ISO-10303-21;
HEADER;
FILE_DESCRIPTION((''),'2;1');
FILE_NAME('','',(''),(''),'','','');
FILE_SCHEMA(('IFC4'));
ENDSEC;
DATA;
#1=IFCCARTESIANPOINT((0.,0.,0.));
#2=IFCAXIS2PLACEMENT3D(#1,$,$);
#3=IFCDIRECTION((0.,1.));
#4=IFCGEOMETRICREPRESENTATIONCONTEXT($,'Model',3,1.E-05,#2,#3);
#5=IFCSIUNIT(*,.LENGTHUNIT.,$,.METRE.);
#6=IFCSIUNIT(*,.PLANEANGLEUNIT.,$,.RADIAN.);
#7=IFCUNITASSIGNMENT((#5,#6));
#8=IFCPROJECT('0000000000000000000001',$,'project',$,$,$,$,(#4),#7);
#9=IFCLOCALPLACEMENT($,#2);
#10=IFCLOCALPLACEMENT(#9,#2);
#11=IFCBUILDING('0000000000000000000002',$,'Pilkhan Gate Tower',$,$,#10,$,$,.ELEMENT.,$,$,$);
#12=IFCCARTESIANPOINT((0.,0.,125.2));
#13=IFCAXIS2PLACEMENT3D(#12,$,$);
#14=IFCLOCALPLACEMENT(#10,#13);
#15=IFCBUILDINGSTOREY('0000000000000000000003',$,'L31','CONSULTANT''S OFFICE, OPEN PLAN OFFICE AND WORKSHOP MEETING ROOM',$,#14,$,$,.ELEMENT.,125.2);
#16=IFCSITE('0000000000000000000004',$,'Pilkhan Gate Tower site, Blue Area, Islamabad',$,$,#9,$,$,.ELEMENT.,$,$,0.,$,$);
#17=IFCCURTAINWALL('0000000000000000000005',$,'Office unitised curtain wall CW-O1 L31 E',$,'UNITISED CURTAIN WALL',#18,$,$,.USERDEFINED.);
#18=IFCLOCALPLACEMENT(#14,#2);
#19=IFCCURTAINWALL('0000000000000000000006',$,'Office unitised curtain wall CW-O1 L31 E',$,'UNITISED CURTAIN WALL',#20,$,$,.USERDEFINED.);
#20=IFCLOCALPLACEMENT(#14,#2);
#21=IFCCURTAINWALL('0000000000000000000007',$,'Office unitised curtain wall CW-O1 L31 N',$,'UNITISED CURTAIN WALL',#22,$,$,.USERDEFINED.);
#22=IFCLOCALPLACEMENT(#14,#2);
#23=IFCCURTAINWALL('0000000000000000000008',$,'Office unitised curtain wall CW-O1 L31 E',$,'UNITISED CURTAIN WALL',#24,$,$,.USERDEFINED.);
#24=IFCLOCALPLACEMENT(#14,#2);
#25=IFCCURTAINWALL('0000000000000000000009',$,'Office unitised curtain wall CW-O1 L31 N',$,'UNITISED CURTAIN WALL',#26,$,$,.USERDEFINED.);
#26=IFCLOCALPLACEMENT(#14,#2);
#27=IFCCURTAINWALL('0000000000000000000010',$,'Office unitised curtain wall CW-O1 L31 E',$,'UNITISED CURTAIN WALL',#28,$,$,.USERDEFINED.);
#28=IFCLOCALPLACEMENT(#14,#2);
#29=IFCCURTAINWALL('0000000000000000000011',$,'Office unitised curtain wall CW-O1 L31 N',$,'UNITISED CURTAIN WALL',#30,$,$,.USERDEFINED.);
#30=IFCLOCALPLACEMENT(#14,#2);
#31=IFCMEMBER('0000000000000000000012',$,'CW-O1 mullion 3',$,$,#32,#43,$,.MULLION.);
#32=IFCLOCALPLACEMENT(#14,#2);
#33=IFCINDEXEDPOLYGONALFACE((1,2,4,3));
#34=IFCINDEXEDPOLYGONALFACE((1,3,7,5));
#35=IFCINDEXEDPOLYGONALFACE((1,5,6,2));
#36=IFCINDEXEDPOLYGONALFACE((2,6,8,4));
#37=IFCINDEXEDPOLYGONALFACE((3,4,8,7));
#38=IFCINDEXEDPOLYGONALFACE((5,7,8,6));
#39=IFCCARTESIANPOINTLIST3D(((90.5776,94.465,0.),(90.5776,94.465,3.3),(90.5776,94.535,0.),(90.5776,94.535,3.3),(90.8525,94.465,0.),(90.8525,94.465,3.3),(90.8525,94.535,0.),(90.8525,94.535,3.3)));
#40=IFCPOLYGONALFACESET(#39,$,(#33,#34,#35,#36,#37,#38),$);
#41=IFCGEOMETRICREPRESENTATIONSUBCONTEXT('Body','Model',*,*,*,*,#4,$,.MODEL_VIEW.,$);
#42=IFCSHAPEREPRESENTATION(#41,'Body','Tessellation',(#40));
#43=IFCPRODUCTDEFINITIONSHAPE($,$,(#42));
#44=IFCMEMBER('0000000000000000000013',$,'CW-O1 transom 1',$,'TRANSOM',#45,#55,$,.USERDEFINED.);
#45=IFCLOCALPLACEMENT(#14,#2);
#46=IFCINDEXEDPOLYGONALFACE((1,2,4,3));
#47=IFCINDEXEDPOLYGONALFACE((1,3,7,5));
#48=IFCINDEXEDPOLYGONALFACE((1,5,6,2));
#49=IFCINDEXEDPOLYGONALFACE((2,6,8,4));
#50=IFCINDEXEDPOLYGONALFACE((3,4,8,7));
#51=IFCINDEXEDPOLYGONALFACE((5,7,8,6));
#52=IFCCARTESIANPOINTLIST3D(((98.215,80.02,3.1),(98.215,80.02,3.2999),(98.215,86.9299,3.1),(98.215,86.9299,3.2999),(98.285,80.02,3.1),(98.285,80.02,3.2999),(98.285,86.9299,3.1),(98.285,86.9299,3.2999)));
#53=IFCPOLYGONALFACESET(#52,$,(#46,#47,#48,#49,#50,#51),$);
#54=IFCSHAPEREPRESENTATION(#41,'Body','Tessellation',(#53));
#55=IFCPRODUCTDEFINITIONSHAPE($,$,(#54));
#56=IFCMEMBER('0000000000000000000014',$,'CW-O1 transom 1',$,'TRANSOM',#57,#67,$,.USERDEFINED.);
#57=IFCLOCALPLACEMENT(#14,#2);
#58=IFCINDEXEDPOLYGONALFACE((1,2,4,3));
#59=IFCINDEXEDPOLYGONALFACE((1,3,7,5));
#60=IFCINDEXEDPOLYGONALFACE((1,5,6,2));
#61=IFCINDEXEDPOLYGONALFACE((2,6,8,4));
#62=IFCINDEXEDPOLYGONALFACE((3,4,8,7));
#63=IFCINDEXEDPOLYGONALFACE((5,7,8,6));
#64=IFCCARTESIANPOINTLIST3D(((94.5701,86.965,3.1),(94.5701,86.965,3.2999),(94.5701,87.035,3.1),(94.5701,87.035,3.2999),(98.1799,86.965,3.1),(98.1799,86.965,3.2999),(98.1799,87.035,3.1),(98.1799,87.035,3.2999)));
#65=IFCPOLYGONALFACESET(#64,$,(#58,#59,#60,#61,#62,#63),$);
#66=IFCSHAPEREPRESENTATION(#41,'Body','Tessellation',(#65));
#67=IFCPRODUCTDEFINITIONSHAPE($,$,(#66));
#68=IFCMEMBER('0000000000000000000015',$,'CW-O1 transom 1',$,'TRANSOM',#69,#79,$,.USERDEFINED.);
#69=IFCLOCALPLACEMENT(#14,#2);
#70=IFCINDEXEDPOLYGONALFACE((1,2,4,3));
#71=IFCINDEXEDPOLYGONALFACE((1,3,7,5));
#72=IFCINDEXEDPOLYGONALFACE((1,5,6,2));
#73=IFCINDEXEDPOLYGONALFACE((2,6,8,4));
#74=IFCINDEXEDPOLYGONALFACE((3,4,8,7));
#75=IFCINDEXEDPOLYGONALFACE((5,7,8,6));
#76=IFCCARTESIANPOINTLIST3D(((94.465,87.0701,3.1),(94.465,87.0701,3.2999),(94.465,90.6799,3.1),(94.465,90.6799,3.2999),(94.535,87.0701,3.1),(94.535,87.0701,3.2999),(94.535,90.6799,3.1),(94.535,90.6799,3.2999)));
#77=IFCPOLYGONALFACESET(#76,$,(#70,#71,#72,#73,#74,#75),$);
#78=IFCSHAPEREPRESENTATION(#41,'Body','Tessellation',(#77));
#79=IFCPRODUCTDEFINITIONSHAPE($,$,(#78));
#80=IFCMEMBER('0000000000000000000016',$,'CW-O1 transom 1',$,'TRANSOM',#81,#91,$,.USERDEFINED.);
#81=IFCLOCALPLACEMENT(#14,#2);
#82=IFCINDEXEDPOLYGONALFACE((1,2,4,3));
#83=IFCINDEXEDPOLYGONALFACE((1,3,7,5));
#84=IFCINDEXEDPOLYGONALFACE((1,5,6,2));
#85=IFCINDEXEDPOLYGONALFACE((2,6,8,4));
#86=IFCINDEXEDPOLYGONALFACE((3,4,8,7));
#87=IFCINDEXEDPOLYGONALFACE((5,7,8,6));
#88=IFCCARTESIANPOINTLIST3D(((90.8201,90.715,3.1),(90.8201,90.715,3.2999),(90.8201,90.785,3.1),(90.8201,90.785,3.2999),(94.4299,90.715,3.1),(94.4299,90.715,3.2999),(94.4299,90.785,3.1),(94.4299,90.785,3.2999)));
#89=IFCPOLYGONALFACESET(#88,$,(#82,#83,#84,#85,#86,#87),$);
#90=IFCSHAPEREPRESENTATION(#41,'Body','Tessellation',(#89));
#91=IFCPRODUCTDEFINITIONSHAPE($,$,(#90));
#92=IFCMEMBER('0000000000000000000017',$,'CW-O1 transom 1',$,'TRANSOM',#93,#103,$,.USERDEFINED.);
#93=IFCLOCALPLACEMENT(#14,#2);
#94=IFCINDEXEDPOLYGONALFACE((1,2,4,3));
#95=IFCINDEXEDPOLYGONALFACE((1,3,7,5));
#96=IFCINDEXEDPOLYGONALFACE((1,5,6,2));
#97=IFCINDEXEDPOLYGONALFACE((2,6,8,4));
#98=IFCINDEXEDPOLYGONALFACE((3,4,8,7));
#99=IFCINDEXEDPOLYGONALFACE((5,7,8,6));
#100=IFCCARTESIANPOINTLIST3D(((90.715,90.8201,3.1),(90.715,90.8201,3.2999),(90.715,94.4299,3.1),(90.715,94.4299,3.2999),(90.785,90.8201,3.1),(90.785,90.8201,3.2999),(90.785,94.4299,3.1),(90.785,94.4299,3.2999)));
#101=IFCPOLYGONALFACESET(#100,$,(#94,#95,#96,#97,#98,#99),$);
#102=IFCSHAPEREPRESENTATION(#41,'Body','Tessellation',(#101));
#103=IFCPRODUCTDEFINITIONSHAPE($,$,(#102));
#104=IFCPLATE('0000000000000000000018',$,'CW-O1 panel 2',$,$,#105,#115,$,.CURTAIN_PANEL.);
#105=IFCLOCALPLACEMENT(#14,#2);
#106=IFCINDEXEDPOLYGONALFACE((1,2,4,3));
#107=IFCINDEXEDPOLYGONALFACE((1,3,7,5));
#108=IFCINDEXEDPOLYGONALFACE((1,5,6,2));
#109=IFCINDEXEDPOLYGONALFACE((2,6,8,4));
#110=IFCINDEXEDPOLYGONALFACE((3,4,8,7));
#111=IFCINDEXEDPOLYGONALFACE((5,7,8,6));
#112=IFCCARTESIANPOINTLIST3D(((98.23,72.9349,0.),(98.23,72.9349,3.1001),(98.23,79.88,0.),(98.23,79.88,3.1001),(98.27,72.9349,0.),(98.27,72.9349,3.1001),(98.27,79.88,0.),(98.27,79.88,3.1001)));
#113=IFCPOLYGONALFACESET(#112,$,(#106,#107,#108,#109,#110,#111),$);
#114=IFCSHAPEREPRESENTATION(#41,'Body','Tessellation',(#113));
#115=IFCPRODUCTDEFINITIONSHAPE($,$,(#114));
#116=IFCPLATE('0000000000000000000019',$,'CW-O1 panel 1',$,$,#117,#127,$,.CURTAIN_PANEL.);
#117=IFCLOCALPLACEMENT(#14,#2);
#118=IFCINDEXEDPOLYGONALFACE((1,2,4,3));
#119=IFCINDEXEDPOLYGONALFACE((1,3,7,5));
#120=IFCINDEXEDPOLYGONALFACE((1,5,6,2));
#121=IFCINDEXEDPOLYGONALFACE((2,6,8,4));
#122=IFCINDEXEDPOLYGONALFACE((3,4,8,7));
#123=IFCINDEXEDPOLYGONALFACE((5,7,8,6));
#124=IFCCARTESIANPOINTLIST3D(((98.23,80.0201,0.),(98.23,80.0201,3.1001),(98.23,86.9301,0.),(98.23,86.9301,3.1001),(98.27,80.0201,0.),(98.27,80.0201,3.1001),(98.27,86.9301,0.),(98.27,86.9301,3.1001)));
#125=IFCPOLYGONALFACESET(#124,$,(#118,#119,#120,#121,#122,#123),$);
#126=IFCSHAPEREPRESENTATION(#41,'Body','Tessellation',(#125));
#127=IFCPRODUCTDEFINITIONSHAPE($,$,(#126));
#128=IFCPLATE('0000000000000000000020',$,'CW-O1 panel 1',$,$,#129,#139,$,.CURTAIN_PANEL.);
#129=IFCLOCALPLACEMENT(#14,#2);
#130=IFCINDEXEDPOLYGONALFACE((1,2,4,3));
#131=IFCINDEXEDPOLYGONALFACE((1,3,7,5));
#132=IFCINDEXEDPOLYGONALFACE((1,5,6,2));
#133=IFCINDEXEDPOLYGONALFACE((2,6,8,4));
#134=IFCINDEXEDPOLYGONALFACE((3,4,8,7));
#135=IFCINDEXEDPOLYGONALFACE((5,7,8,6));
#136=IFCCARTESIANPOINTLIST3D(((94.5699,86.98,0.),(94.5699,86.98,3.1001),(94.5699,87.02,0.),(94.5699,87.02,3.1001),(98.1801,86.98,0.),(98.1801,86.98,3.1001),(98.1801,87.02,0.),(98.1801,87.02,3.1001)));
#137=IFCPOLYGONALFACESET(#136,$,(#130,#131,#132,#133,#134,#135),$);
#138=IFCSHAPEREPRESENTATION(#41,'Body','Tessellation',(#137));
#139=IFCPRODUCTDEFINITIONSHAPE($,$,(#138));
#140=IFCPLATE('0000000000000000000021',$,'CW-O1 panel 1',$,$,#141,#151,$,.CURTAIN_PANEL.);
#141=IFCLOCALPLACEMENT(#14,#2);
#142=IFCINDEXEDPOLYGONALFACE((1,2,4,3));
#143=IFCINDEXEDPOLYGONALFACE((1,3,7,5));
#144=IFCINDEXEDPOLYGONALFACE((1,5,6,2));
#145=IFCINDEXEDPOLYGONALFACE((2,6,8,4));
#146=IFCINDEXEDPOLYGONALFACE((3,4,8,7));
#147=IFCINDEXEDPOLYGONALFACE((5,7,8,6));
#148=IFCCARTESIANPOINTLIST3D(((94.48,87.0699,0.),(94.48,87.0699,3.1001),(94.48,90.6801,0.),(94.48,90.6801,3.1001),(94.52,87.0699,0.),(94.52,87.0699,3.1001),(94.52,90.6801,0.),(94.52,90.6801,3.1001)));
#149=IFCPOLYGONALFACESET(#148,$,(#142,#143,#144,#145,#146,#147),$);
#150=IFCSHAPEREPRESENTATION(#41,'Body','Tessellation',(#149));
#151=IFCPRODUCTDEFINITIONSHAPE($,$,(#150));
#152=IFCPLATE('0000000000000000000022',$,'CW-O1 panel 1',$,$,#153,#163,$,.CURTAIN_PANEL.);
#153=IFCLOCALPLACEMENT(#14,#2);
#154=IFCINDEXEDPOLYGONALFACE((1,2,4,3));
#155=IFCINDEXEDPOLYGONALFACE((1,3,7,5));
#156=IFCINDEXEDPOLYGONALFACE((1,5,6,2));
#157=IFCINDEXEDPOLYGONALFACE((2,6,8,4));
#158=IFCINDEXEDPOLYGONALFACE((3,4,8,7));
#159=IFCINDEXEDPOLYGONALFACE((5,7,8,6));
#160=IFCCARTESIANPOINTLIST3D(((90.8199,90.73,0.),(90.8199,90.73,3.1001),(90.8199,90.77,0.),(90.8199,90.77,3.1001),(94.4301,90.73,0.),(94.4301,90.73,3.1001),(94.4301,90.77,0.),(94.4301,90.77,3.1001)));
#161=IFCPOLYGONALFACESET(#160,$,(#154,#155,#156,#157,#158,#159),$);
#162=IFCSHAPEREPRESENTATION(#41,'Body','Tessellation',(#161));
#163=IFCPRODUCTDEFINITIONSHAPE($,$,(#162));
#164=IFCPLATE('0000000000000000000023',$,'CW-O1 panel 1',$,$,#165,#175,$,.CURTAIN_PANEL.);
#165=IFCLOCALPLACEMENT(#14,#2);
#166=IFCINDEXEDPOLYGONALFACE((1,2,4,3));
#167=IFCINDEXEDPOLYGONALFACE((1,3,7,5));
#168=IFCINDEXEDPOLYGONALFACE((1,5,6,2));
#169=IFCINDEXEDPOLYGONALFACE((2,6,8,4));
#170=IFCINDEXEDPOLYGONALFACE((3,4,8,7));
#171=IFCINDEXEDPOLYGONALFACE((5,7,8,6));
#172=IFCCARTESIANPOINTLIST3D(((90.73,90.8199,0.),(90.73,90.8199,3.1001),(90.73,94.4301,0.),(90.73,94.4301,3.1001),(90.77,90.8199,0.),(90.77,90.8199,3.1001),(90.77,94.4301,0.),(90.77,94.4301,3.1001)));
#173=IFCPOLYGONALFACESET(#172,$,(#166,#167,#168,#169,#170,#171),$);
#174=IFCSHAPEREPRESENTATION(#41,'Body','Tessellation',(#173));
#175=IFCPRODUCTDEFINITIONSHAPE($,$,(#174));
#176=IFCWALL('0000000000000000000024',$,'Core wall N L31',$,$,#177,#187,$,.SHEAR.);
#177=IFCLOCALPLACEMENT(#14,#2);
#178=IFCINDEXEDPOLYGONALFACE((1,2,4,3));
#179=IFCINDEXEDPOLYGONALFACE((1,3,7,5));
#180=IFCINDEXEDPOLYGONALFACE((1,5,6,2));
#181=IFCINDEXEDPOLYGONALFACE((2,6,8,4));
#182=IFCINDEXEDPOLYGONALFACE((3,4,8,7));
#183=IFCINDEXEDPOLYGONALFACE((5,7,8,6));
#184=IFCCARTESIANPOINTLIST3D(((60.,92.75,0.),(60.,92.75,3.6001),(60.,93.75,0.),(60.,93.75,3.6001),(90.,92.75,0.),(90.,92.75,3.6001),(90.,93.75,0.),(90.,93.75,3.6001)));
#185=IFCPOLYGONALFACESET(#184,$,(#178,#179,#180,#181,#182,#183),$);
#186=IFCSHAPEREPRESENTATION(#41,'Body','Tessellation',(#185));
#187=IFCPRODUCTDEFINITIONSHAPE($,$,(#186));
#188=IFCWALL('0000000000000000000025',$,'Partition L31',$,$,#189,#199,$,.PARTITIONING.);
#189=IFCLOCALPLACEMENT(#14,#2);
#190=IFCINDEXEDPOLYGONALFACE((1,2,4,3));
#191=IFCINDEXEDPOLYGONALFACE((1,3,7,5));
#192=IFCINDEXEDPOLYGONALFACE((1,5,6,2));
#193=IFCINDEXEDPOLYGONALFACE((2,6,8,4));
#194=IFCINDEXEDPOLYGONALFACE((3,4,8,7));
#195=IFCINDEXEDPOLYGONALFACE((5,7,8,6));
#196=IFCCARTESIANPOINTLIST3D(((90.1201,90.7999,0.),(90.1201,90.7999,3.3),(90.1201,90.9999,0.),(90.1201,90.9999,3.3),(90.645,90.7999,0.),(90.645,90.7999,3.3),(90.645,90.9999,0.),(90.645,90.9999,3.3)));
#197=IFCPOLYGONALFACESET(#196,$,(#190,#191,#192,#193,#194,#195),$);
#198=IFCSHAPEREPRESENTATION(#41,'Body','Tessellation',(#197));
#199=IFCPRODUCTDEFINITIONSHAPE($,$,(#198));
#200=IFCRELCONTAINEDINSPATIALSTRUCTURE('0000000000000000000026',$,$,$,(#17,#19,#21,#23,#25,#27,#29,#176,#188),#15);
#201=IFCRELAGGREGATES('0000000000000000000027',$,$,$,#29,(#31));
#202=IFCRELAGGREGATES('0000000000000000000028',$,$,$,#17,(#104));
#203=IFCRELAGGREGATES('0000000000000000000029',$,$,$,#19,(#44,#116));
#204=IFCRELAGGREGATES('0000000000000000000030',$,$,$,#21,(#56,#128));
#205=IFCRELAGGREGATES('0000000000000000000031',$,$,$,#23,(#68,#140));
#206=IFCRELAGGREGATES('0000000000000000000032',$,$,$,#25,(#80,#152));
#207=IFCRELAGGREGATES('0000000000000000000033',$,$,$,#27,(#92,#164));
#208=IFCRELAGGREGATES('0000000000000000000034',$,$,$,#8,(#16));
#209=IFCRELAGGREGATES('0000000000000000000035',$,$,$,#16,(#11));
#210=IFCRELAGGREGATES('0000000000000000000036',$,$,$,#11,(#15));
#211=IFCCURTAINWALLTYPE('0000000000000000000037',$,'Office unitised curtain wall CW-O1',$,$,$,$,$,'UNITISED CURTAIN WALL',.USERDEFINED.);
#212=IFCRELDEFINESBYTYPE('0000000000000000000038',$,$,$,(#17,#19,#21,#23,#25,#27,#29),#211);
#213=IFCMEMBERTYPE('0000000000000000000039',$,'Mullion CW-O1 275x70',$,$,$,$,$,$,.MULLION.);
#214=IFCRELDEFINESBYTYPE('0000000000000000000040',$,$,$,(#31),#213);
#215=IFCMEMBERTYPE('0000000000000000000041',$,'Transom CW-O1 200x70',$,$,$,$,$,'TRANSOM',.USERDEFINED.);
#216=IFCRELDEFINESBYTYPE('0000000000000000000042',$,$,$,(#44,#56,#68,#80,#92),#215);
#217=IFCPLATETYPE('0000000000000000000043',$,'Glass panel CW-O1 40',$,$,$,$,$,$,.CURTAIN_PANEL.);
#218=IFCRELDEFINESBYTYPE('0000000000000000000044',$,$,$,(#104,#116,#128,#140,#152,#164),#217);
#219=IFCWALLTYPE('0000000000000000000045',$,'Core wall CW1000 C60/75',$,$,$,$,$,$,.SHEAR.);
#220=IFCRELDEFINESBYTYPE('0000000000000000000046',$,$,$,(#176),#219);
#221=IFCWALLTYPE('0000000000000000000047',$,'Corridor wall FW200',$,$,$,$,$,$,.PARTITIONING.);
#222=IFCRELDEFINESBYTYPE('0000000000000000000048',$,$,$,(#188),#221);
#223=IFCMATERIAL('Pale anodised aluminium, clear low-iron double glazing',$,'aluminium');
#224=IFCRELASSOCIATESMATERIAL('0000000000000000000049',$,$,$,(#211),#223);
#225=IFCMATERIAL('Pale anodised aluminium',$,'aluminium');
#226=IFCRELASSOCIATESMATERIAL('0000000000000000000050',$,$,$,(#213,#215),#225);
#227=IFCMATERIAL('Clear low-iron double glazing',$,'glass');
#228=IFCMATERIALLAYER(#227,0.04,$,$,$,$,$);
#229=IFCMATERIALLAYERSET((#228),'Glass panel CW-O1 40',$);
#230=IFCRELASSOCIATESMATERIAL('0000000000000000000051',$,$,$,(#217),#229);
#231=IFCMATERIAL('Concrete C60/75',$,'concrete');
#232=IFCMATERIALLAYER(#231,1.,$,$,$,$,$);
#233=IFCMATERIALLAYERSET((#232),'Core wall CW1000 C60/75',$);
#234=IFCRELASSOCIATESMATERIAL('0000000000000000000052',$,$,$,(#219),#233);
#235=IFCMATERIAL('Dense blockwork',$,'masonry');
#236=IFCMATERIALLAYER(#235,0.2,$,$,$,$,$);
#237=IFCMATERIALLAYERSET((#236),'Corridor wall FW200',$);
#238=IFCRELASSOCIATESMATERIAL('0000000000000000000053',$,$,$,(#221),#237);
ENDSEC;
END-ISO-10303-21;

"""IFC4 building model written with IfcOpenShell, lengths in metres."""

from ifc_helpers import new_model, si_unit, direction, frame, frame_2d, origin, origin_2d, place, context, subcontext, project, spatial, rectangle, extrude, material, layer, layer_set, material_profile, profile_set, type_object, element, aggregate, save


model = new_model("IFC4")

# Units and contexts
model_context = context("Model", 3, precision=1e-05, world=origin(), true_north=direction((0.0, 1.0)))
body_context = subcontext(model_context, "Body", "Model", "MODEL_VIEW")
ifc_project = project(units=[si_unit("LENGTHUNIT", "METRE"), si_unit("PLANEANGLEUNIT", "RADIAN")], contexts=[model_context])

# Site, building, storey
site_placement = place(None, origin())
site = spatial("IfcSite", under=ifc_project, at=site_placement, Name="Pilkhan Gate Tower site, Blue Area, Islamabad", CompositionType="ELEMENT", RefElevation=0.0)
building_placement = place(site_placement, origin())
building = spatial("IfcBuilding", under=site, at=building_placement, Name="Pilkhan Gate Tower", CompositionType="ELEMENT")
storey_placement = place(building_placement, frame((0.0, 0.0, 125.2)))
storey = spatial("IfcBuildingStorey", under=building, at=storey_placement, Name="L31", Description="CONSULTANT'S OFFICE, OPEN PLAN OFFICE AND WORKSHOP MEETING ROOM", CompositionType="ELEMENT", Elevation=125.2)

# Shared definitions
ifc_material_1 = material(Name="Concrete C60/75", Category="concrete")

# Curtain wall
ifc_material_2 = material(Name="Pale anodised aluminium, clear low-iron double glazing", Category="aluminium")
curtain_wall_type = type_object("IfcCurtainWallType", Name="Office unitised curtain wall CW-O1", ElementType="UNITISED CURTAIN WALL", PredefinedType="USERDEFINED", material=ifc_material_2)
curtain_wall_1_placement = place(storey_placement, origin())
curtain_wall_1 = element("IfcCurtainWall", 1, at=curtain_wall_1_placement, inside=storey, type_object=curtain_wall_type, Name="Office unitised curtain wall CW-O1 L31 E", ObjectType="UNITISED CURTAIN WALL", PredefinedType="USERDEFINED")
ifc_material_3 = material(Name="Pale anodised aluminium", Category="aluminium")
ifc_material_profile_1 = material_profile(ifc_material_3, rectangle(XDim=0.0701, YDim=0.2749, at=origin_2d()), Name="Mullion 275x70")
ifc_profile_set_1 = profile_set([ifc_material_profile_1], Name="Pale anodised aluminium")
member_type_1 = type_object("IfcMemberType", Name="Mullion CW-O1 275x70", PredefinedType="MULLION", material=ifc_profile_set_1)

# Curtain walls
curtain_wall_2_placement = place(storey_placement, origin())
curtain_wall_2 = element("IfcCurtainWall", 2, at=curtain_wall_2_placement, inside=storey, type_object=curtain_wall_type, Name="Office unitised curtain wall CW-O1 L31 E", ObjectType="UNITISED CURTAIN WALL", PredefinedType="USERDEFINED")
curtain_wall_3_placement = place(storey_placement, origin())
curtain_wall_3 = element("IfcCurtainWall", 3, at=curtain_wall_3_placement, inside=storey, type_object=curtain_wall_type, Name="Office unitised curtain wall CW-O1 L31 N", ObjectType="UNITISED CURTAIN WALL", PredefinedType="USERDEFINED")
curtain_wall_4_placement = place(storey_placement, origin())
curtain_wall_4 = element("IfcCurtainWall", 4, at=curtain_wall_4_placement, inside=storey, type_object=curtain_wall_type, Name="Office unitised curtain wall CW-O1 L31 E", ObjectType="UNITISED CURTAIN WALL", PredefinedType="USERDEFINED")
curtain_wall_5_placement = place(storey_placement, origin())
curtain_wall_5 = element("IfcCurtainWall", 5, at=curtain_wall_5_placement, inside=storey, type_object=curtain_wall_type, Name="Office unitised curtain wall CW-O1 L31 N", ObjectType="UNITISED CURTAIN WALL", PredefinedType="USERDEFINED")
curtain_wall_6_placement = place(storey_placement, origin())
curtain_wall_6 = element("IfcCurtainWall", 6, at=curtain_wall_6_placement, inside=storey, type_object=curtain_wall_type, Name="Office unitised curtain wall CW-O1 L31 E", ObjectType="UNITISED CURTAIN WALL", PredefinedType="USERDEFINED")

# Curtain wall, member
curtain_wall_7_placement = place(storey_placement, origin())
curtain_wall_7 = element("IfcCurtainWall", 7, at=curtain_wall_7_placement, inside=storey, type_object=curtain_wall_type, Name="Office unitised curtain wall CW-O1 L31 N", ObjectType="UNITISED CURTAIN WALL", PredefinedType="USERDEFINED")
member_1_placement = place(storey_placement, frame((90.7151, 94.5, 0.0), z_axis=(0.0, 0.0, 1.0), x_axis=(0.0, 1.0, 0.0)))
member_1 = element("IfcMember", 8, at=member_1_placement, type_object=member_type_1, Name="CW-O1 mullion 3", PredefinedType="MULLION", context=body_context, shape_type="SweptSolid", body=[
    extrude(rectangle(XDim=0.0701, YDim=0.2749, at=origin_2d()), origin(), (0.0, 0.0, 1.0), 3.3),
])
aggregate(curtain_wall_7, [member_1])

# Members
ifc_material_profile_2 = material_profile(ifc_material_3, rectangle(XDim=0.0701, YDim=0.2, at=origin_2d()), Name="Transom 200x70")
ifc_profile_set_2 = profile_set([ifc_material_profile_2], Name="Pale anodised aluminium")
member_type_2 = type_object("IfcMemberType", Name="Transom CW-O1 200x70", ElementType="TRANSOM", PredefinedType="USERDEFINED", material=ifc_profile_set_2)
member_2_placement = place(storey_placement, frame((98.25, 80.02, 3.2), z_axis=(0.0, 1.0, 0.0), x_axis=(-1.0, 0.0, 0.0)))
member_2 = element("IfcMember", 9, at=member_2_placement, type_object=member_type_2, Name="CW-O1 transom 1", ObjectType="TRANSOM", PredefinedType="USERDEFINED", context=body_context, shape_type="SweptSolid", body=[
    extrude(rectangle(XDim=0.0701, YDim=0.2, at=origin_2d()), origin(), (0.0, 0.0, 1.0), 6.9099),
])
member_3_placement = place(storey_placement, frame((94.5701, 87.0, 3.2), z_axis=(1.0, 0.0, 0.0), x_axis=(0.0, 1.0, 0.0)))
member_3 = element("IfcMember", 10, at=member_3_placement, type_object=member_type_2, Name="CW-O1 transom 1", ObjectType="TRANSOM", PredefinedType="USERDEFINED", context=body_context, shape_type="SweptSolid", body=[
    extrude(rectangle(XDim=0.0701, YDim=0.2, at=origin_2d()), origin(), (0.0, 0.0, 1.0), 3.6099),
])
member_4_placement = place(storey_placement, frame((94.5, 87.0701, 3.2), z_axis=(0.0, 1.0, 0.0), x_axis=(-1.0, 0.0, 0.0)))
member_4 = element("IfcMember", 11, at=member_4_placement, type_object=member_type_2, Name="CW-O1 transom 1", ObjectType="TRANSOM", PredefinedType="USERDEFINED", context=body_context, shape_type="SweptSolid", body=[
    extrude(rectangle(XDim=0.0701, YDim=0.2, at=origin_2d()), origin(), (0.0, 0.0, 1.0), 3.6099),
])
member_5_placement = place(storey_placement, frame((90.8201, 90.75, 3.2), z_axis=(1.0, 0.0, 0.0), x_axis=(0.0, 1.0, 0.0)))
member_5 = element("IfcMember", 12, at=member_5_placement, type_object=member_type_2, Name="CW-O1 transom 1", ObjectType="TRANSOM", PredefinedType="USERDEFINED", context=body_context, shape_type="SweptSolid", body=[
    extrude(rectangle(XDim=0.0701, YDim=0.2, at=origin_2d()), origin(), (0.0, 0.0, 1.0), 3.6099),
])
member_6_placement = place(storey_placement, frame((90.75, 90.8201, 3.2), z_axis=(0.0, 1.0, 0.0), x_axis=(-1.0, 0.0, 0.0)))
member_6 = element("IfcMember", 13, at=member_6_placement, type_object=member_type_2, Name="CW-O1 transom 1", ObjectType="TRANSOM", PredefinedType="USERDEFINED", context=body_context, shape_type="SweptSolid", body=[
    extrude(rectangle(XDim=0.0701, YDim=0.2, at=origin_2d()), origin(), (0.0, 0.0, 1.0), 3.6099),
])

# Plates
ifc_material_4 = material(Name="Clear low-iron double glazing", Category="glass")
ifc_layer_1 = layer(ifc_material_4, 0.04)
ifc_layer_set_1 = layer_set([ifc_layer_1], Name="Glass panel CW-O1 40")
plate_type = type_object("IfcPlateType", Name="Glass panel CW-O1 40", PredefinedType="CURTAIN_PANEL", material=ifc_layer_set_1)
plate_1_placement = place(storey_placement, frame((98.25, 76.4075, 0.0), z_axis=(0.0, 0.0, 1.0), x_axis=(0.0, 1.0, 0.0)))
plate_1 = element("IfcPlate", 14, at=plate_1_placement, type_object=plate_type, Name="CW-O1 panel 2", PredefinedType="CURTAIN_PANEL", context=body_context, shape_type="SweptSolid", body=[
    extrude(rectangle(XDim=6.9451, YDim=0.04, at=origin_2d()), origin(), (0.0, 0.0, 1.0), 3.1001),
])
aggregate(curtain_wall_1, [plate_1])
plate_2_placement = place(storey_placement, frame((98.25, 83.4751, 0.0), z_axis=(0.0, 0.0, 1.0), x_axis=(0.0, 1.0, 0.0)))
plate_2 = element("IfcPlate", 15, at=plate_2_placement, type_object=plate_type, Name="CW-O1 panel 1", PredefinedType="CURTAIN_PANEL", context=body_context, shape_type="SweptSolid", body=[
    extrude(rectangle(XDim=6.9099, YDim=0.04, at=origin_2d()), origin(), (0.0, 0.0, 1.0), 3.1001),
])
aggregate(curtain_wall_2, [member_2, plate_2])
plate_3_placement = place(storey_placement, frame((96.375, 87.0, 0.0), z_axis=(0.0, 0.0, 1.0), x_axis=(1.0, 0.0, 0.0)))
plate_3 = element("IfcPlate", 16, at=plate_3_placement, type_object=plate_type, Name="CW-O1 panel 1", PredefinedType="CURTAIN_PANEL", context=body_context, shape_type="SweptSolid", body=[
    extrude(rectangle(XDim=3.6101, YDim=0.04, at=origin_2d()), origin(), (0.0, 0.0, 1.0), 3.1001),
])
aggregate(curtain_wall_3, [member_3, plate_3])
plate_4_placement = place(storey_placement, frame((94.5, 88.875, 0.0), z_axis=(0.0, 0.0, 1.0), x_axis=(0.0, 1.0, 0.0)))
plate_4 = element("IfcPlate", 17, at=plate_4_placement, type_object=plate_type, Name="CW-O1 panel 1", PredefinedType="CURTAIN_PANEL", context=body_context, shape_type="SweptSolid", body=[
    extrude(rectangle(XDim=3.6101, YDim=0.04, at=origin_2d()), origin(), (0.0, 0.0, 1.0), 3.1001),
])
aggregate(curtain_wall_4, [member_4, plate_4])
plate_5_placement = place(storey_placement, frame((92.625, 90.75, 0.0), z_axis=(0.0, 0.0, 1.0), x_axis=(1.0, 0.0, 0.0)))
plate_5 = element("IfcPlate", 18, at=plate_5_placement, type_object=plate_type, Name="CW-O1 panel 1", PredefinedType="CURTAIN_PANEL", context=body_context, shape_type="SweptSolid", body=[
    extrude(rectangle(XDim=3.6101, YDim=0.04, at=origin_2d()), origin(), (0.0, 0.0, 1.0), 3.1001),
])
aggregate(curtain_wall_5, [member_5, plate_5])
plate_6_placement = place(storey_placement, frame((90.75, 92.625, 0.0), z_axis=(0.0, 0.0, 1.0), x_axis=(0.0, 1.0, 0.0)))
plate_6 = element("IfcPlate", 19, at=plate_6_placement, type_object=plate_type, Name="CW-O1 panel 1", PredefinedType="CURTAIN_PANEL", context=body_context, shape_type="SweptSolid", body=[
    extrude(rectangle(XDim=3.6101, YDim=0.04, at=origin_2d()), origin(), (0.0, 0.0, 1.0), 3.1001),
])
aggregate(curtain_wall_6, [member_6, plate_6])

# Walls
ifc_layer_2 = layer(ifc_material_1, 1.0)
ifc_layer_set_2 = layer_set([ifc_layer_2], Name="Core wall CW1000 C60/75")
wall_type_1 = type_object("IfcWallType", Name="Core wall CW1000 C60/75", PredefinedType="SHEAR", material=ifc_layer_set_2)
wall_1_placement = place(storey_placement, frame((90.0, 93.25, 0.0), z_axis=(0.0, 0.0, 1.0), x_axis=(-1.0, 0.0, 0.0)))
element("IfcWall", 20, at=wall_1_placement, inside=storey, type_object=wall_type_1, Name="Core wall N L31", PredefinedType="SHEAR", context=body_context, shape_type="SweptSolid", body=[
    extrude(rectangle(XDim=30.0, YDim=1.0, at=frame_2d((15.0, 0.0))), origin(), (0.0, 0.0, 1.0), 3.6001),
])
ifc_material_5 = material(Name="Dense blockwork", Category="masonry")
ifc_layer_3 = layer(ifc_material_5, 0.2)
ifc_layer_set_3 = layer_set([ifc_layer_3], Name="Corridor wall FW200")
wall_type_2 = type_object("IfcWallType", Name="Corridor wall FW200", PredefinedType="PARTITIONING", material=ifc_layer_set_3)
wall_2_placement = place(storey_placement, frame((90.1201, 90.8999, 0.0), z_axis=(0.0, 0.0, 1.0), x_axis=(1.0, 0.0, 0.0)))
element("IfcWall", 21, at=wall_2_placement, inside=storey, type_object=wall_type_2, Name="Partition L31", PredefinedType="PARTITIONING", context=body_context, shape_type="SweptSolid", body=[
    extrude(rectangle(XDim=0.5249, YDim=0.2, at=frame_2d((0.2625, 0.0))), origin(), (0.0, 0.0, 1.0), 3.3),
])

save(model, "model.ifc")
